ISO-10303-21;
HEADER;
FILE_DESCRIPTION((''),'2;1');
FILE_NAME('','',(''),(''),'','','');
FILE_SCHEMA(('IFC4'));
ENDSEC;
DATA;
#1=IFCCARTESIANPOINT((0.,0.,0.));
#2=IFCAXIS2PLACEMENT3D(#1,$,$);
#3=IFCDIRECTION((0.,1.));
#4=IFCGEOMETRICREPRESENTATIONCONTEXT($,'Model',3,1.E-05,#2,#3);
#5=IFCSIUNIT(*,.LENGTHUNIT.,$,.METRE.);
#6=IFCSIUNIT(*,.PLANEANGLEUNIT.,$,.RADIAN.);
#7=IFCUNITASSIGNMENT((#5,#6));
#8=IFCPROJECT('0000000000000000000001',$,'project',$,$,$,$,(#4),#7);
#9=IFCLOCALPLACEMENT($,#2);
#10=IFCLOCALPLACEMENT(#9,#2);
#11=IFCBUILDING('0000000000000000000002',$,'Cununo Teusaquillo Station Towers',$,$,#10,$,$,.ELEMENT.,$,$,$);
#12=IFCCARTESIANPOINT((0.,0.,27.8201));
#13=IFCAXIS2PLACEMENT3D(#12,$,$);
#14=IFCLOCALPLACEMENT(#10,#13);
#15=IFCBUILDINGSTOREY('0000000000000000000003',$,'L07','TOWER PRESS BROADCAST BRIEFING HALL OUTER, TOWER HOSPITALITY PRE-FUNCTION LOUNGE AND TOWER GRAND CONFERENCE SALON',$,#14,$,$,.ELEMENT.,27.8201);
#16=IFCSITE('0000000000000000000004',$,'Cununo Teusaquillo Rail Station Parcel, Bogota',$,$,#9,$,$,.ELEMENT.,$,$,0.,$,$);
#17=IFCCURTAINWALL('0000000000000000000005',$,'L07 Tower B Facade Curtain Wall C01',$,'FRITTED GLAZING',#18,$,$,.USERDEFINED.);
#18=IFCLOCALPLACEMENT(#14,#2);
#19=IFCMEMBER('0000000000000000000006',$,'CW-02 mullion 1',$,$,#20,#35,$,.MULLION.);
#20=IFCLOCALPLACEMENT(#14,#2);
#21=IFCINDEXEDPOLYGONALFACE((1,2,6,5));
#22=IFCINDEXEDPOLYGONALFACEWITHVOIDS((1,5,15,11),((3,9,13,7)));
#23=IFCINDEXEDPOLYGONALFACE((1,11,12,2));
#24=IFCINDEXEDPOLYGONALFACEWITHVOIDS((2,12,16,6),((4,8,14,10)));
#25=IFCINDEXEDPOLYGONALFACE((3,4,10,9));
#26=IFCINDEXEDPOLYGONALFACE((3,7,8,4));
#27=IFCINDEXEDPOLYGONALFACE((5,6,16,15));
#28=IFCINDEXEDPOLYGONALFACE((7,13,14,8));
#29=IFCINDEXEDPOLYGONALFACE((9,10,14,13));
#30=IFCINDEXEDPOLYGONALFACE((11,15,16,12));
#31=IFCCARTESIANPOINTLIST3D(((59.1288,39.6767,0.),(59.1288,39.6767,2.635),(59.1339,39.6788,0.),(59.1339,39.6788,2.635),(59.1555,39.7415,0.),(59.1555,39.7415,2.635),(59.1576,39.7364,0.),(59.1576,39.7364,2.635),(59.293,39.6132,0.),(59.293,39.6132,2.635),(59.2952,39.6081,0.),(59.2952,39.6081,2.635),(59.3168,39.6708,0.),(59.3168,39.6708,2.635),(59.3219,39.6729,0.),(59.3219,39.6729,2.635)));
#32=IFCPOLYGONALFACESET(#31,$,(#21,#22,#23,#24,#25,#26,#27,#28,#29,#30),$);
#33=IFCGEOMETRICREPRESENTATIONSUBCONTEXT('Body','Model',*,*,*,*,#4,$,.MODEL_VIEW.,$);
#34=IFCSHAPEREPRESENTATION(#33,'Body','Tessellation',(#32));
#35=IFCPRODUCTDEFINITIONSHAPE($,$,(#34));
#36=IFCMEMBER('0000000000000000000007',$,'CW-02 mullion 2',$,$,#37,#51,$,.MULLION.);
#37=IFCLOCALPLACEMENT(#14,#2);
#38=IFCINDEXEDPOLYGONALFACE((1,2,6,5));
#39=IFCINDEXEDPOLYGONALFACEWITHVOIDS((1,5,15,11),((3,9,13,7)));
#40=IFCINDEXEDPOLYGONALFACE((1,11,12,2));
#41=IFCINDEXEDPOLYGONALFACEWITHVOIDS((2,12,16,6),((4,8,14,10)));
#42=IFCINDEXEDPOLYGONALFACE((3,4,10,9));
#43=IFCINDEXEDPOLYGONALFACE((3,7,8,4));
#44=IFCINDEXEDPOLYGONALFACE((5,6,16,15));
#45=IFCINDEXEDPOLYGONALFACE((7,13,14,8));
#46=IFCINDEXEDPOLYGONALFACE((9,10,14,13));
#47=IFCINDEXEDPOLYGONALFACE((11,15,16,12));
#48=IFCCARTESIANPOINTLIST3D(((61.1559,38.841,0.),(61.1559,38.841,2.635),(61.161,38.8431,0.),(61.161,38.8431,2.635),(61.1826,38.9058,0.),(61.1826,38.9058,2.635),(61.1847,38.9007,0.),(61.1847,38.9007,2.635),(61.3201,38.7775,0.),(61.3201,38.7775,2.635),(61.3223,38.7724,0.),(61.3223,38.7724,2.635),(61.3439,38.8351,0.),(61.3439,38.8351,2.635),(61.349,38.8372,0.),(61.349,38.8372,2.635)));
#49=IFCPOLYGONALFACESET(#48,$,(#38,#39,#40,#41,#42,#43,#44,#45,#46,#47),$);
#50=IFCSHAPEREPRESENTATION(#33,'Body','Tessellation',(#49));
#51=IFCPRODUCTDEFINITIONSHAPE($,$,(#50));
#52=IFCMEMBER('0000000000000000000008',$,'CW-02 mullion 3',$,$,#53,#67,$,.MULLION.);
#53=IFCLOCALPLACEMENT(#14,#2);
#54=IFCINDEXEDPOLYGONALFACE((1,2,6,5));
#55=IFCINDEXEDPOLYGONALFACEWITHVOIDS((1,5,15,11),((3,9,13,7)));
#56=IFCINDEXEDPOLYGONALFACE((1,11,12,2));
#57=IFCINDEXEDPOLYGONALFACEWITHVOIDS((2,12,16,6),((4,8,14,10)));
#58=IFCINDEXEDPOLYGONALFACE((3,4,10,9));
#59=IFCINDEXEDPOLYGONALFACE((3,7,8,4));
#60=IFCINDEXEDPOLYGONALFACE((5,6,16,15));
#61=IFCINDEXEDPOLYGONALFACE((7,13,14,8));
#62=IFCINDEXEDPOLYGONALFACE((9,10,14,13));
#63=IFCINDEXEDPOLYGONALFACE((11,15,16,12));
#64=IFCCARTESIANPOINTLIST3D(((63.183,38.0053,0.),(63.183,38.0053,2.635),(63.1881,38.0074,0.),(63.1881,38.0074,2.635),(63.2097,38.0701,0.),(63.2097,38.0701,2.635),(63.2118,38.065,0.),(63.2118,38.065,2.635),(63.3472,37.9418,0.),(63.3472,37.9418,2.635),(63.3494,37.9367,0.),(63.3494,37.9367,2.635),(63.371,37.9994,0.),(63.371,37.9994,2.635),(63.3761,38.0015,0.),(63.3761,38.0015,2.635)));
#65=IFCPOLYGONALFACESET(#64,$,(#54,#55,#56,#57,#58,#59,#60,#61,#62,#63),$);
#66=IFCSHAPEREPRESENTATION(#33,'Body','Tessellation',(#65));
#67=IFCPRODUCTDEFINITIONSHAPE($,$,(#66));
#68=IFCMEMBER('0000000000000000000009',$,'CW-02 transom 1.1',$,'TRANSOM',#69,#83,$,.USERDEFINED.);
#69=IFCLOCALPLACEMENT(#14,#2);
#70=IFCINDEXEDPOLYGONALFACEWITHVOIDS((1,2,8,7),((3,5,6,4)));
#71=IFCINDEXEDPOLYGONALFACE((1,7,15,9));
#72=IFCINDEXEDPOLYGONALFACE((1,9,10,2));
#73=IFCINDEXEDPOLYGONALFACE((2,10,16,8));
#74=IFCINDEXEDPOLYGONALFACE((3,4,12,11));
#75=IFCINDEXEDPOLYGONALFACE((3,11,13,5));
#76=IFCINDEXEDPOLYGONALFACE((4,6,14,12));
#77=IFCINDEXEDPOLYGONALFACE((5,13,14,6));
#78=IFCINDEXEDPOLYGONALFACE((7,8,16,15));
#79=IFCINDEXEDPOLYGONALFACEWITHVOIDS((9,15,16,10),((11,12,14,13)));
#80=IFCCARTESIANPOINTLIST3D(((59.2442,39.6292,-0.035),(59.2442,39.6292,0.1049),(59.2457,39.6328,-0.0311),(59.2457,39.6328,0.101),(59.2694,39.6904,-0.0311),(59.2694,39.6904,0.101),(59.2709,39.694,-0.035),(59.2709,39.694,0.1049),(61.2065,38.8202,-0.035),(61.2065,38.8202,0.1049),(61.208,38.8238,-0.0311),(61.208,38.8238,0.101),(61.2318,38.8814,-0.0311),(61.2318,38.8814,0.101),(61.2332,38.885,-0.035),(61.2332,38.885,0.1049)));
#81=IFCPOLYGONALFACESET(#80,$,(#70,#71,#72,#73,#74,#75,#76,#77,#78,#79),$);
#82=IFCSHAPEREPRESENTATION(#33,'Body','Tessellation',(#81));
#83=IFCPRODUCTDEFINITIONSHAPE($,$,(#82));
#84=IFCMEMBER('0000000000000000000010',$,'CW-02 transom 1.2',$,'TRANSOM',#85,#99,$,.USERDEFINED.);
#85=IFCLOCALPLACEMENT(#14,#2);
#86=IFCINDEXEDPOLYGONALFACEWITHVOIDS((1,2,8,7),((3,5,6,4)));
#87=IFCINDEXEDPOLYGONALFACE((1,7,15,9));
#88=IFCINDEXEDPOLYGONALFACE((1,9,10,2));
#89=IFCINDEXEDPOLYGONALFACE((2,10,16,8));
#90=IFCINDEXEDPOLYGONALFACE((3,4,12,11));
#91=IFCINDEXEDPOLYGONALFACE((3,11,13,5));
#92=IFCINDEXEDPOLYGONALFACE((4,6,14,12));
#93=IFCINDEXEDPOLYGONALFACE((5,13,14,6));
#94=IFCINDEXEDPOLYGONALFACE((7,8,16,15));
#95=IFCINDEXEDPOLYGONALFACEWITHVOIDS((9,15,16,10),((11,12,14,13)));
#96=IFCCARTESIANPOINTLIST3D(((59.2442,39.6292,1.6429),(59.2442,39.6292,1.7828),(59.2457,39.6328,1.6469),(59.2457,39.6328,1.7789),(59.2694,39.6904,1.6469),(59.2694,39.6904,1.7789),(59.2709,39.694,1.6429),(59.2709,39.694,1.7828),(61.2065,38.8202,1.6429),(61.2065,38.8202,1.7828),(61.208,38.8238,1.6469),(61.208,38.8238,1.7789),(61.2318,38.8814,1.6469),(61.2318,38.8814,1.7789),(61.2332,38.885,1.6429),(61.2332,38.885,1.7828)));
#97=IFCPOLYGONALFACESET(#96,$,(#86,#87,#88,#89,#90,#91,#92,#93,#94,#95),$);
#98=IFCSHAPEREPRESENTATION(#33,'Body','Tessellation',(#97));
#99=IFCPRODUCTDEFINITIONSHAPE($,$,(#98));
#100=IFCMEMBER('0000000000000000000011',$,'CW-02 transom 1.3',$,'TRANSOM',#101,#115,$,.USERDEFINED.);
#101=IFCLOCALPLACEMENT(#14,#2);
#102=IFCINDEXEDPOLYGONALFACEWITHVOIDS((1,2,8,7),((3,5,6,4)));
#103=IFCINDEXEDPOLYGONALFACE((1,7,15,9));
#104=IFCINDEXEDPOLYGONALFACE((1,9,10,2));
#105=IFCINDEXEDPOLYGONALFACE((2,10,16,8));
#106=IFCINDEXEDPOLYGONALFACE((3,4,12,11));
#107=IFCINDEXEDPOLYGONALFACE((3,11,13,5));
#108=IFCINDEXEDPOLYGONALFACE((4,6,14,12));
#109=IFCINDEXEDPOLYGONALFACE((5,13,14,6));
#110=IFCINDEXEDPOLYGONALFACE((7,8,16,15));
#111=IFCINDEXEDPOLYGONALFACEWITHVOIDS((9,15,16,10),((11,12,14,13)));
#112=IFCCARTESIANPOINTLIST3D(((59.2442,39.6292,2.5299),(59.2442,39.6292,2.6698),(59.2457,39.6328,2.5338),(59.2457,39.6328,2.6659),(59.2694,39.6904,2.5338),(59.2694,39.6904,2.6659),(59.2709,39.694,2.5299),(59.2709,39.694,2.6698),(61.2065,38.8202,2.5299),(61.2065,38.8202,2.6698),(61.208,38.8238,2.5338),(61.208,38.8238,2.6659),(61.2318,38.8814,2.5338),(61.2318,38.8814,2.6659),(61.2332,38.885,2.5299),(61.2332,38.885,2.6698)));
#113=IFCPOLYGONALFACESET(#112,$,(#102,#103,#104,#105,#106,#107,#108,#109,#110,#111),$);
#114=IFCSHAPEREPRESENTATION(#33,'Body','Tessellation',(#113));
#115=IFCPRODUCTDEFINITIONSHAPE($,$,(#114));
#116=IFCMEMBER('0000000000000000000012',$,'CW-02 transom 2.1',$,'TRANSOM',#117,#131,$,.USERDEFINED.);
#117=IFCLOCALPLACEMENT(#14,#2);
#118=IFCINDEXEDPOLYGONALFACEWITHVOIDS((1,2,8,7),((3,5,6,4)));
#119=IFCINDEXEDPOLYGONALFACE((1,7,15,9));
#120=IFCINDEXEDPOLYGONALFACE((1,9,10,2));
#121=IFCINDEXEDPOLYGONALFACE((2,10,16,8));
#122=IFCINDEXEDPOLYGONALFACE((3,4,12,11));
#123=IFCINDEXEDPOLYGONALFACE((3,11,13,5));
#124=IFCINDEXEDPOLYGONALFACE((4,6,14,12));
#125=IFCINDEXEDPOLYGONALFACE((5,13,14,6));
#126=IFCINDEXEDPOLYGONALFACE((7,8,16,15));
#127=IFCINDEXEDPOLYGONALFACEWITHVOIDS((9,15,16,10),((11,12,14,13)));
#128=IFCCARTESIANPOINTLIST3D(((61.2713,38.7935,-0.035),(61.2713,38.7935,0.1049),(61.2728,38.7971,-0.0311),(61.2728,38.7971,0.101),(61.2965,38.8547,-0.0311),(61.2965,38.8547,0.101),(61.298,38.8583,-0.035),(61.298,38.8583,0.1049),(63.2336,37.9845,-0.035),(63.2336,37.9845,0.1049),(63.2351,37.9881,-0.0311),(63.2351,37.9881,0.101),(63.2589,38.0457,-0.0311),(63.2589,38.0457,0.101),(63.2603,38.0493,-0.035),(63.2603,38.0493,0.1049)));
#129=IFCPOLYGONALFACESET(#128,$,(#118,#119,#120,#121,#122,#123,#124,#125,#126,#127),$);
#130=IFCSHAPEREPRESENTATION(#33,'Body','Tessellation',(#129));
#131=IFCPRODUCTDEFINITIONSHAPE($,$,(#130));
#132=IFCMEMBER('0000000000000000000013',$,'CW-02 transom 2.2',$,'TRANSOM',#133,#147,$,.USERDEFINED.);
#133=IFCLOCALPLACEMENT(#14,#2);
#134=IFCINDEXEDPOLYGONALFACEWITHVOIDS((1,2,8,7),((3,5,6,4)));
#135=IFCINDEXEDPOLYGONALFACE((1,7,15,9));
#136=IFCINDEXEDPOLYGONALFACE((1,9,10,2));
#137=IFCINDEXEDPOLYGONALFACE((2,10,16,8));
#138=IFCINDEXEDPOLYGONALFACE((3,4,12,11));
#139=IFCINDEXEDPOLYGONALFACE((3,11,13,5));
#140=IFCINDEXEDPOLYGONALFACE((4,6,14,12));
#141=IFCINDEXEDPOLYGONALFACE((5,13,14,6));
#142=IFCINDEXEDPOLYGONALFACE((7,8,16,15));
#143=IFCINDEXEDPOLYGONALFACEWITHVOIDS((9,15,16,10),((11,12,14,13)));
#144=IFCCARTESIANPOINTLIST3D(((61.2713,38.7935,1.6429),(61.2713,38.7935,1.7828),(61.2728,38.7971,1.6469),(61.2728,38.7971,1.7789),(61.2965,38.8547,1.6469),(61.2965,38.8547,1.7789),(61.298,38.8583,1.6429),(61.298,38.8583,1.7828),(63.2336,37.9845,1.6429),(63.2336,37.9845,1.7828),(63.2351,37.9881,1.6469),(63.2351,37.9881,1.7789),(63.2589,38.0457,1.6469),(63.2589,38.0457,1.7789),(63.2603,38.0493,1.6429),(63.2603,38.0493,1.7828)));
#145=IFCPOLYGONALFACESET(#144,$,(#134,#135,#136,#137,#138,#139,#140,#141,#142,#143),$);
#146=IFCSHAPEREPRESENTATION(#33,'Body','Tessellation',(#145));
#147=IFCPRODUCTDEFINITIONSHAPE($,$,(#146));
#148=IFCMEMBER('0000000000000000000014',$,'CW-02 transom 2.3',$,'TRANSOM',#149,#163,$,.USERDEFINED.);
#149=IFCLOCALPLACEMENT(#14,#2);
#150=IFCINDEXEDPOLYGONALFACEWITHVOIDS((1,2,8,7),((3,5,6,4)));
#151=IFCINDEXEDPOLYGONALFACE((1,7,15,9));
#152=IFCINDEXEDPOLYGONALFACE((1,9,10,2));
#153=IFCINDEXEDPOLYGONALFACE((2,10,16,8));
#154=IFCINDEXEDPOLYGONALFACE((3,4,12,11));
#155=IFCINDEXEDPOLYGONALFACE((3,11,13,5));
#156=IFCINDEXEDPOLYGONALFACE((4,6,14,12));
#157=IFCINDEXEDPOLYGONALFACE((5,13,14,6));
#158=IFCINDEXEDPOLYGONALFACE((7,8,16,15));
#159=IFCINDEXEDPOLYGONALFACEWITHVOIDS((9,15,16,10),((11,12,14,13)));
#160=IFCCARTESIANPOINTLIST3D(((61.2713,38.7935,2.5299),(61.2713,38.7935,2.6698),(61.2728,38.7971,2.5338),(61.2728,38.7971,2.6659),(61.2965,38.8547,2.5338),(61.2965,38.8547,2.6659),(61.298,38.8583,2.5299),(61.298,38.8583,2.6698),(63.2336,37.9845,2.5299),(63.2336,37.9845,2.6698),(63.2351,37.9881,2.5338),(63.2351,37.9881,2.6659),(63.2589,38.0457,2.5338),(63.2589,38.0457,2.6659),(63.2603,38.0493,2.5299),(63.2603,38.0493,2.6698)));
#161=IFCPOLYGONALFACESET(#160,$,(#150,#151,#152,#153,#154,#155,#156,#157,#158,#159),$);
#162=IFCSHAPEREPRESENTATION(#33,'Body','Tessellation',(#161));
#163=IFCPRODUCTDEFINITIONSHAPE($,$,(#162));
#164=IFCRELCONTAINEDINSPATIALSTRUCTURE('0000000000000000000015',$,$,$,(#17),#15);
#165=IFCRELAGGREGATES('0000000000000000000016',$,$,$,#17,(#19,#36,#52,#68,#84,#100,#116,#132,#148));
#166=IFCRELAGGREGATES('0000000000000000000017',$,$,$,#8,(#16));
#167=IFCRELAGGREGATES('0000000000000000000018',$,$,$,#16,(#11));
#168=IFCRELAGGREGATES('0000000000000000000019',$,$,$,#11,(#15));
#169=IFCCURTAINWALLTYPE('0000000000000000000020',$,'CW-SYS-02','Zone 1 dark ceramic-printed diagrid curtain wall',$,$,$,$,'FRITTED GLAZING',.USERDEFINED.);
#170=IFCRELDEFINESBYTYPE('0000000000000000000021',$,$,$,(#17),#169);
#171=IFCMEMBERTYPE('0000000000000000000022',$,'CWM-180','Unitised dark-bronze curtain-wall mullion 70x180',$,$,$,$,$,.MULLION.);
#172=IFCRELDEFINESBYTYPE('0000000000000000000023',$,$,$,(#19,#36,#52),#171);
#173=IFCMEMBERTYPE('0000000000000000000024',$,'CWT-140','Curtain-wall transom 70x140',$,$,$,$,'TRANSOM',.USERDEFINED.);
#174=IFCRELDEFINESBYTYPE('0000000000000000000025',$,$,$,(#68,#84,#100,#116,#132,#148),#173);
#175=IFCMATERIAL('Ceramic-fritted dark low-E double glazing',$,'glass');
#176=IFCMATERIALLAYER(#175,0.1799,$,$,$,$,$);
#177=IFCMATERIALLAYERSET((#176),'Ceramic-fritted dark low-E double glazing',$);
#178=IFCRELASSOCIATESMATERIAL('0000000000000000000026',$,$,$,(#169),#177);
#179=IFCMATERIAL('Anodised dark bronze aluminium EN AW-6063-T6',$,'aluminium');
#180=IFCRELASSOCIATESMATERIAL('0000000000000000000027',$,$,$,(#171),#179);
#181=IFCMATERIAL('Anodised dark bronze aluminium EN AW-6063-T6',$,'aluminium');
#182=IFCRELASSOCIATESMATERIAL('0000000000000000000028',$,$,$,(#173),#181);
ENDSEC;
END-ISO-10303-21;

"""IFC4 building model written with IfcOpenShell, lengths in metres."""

from ifc_helpers import new_model, si_unit, direction, frame, origin, origin_2d, place, context, subcontext, project, spatial, hollow_rectangle, extrude, material, layer, layer_set, material_profile, profile_set, type_object, element, aggregate, save


model = new_model("IFC4")

# Units and contexts
model_context = context("Model", 3, precision=1e-05, world=origin(), true_north=direction((0.0, 1.0)))
body_context = subcontext(model_context, "Body", "Model", "MODEL_VIEW")
ifc_project = project(units=[si_unit("LENGTHUNIT", "METRE"), si_unit("PLANEANGLEUNIT", "RADIAN")], contexts=[model_context])

# Site, building, storey
site_placement = place(None, origin())
site = spatial("IfcSite", under=ifc_project, at=site_placement, Name="Cununo Teusaquillo Rail Station Parcel, Bogota", CompositionType="ELEMENT", RefElevation=0.0)
building_placement = place(site_placement, origin())
building = spatial("IfcBuilding", under=site, at=building_placement, Name="Cununo Teusaquillo Station Towers", CompositionType="ELEMENT")
storey_placement = place(building_placement, frame((0.0, 0.0, 27.8201)))
storey = spatial("IfcBuildingStorey", under=building, at=storey_placement, Name="L07", Description="TOWER PRESS BROADCAST BRIEFING HALL OUTER, TOWER HOSPITALITY PRE-FUNCTION LOUNGE AND TOWER GRAND CONFERENCE SALON", CompositionType="ELEMENT", Elevation=27.8201)

# Curtain wall, members
ifc_material_1 = material(Name="Ceramic-fritted dark low-E double glazing", Category="glass")
ifc_layer_1 = layer(ifc_material_1, 0.1799)
ifc_layer_set_1 = layer_set([ifc_layer_1], Name="Ceramic-fritted dark low-E double glazing")
curtain_wall_type = type_object("IfcCurtainWallType", Name="CW-SYS-02", Description="Zone 1 dark ceramic-printed diagrid curtain wall", ElementType="FRITTED GLAZING", PredefinedType="USERDEFINED", material=ifc_layer_set_1)
curtain_wall_placement = place(storey_placement, origin())
curtain_wall = element("IfcCurtainWall", 1, at=curtain_wall_placement, inside=storey, type_object=curtain_wall_type, Name="L07 Tower B Facade Curtain Wall C01", ObjectType="FRITTED GLAZING", PredefinedType="USERDEFINED")
ifc_material_2 = material(Name="Anodised dark bronze aluminium EN AW-6063-T6", Category="aluminium")
ifc_material_profile_1 = material_profile(ifc_material_2, hollow_rectangle(XDim=0.0701, YDim=0.1799, WallThickness=0.0039, at=origin_2d()), Name="CW-MULL-70x180")
ifc_profile_set_1 = profile_set([ifc_material_profile_1], Name="Anodised dark bronze aluminium EN AW-6063-T6")
member_type_1 = type_object("IfcMemberType", Name="CWM-180", Description="Unitised dark-bronze curtain-wall mullion 70x180", PredefinedType="MULLION", material=ifc_profile_set_1)
member_1_placement = place(storey_placement, frame((59.2253, 39.6748, 0.0), z_axis=(0.0, 0.0, 1.0), x_axis=(0.381122, 0.924525, 0.0)))
member_1 = element("IfcMember", 2, at=member_1_placement, type_object=member_type_1, Name="CW-02 mullion 1", PredefinedType="MULLION", context=body_context, shape_type="SweptSolid", body=[
    extrude(hollow_rectangle(XDim=0.0701, YDim=0.1799, WallThickness=0.0039, at=origin_2d()), origin(), (0.0, 0.0, 1.0), 2.635),
])
member_2_placement = place(storey_placement, frame((61.2524, 38.8391, 0.0), z_axis=(0.0, 0.0, 1.0), x_axis=(0.381122, 0.924525, 0.0)))
member_2 = element("IfcMember", 3, at=member_2_placement, type_object=member_type_1, Name="CW-02 mullion 2", PredefinedType="MULLION", context=body_context, shape_type="SweptSolid", body=[
    extrude(hollow_rectangle(XDim=0.0701, YDim=0.1799, WallThickness=0.0039, at=origin_2d()), origin(), (0.0, 0.0, 1.0), 2.635),
])
member_3_placement = place(storey_placement, frame((63.2795, 38.0034, 0.0), z_axis=(0.0, 0.0, 1.0), x_axis=(0.381122, 0.924525, 0.0)))
member_3 = element("IfcMember", 4, at=member_3_placement, type_object=member_type_1, Name="CW-02 mullion 3", PredefinedType="MULLION", context=body_context, shape_type="SweptSolid", body=[
    extrude(hollow_rectangle(XDim=0.0701, YDim=0.1799, WallThickness=0.0039, at=origin_2d()), origin(), (0.0, 0.0, 1.0), 2.635),
])
ifc_material_3 = material(Name="Anodised dark bronze aluminium EN AW-6063-T6", Category="aluminium")
ifc_material_profile_2 = material_profile(ifc_material_3, hollow_rectangle(XDim=0.0701, YDim=0.1399, WallThickness=0.0039, at=origin_2d()), Name="CW-TRAN-70x140")
ifc_profile_set_2 = profile_set([ifc_material_profile_2], Name="Anodised dark bronze aluminium EN AW-6063-T6")
member_type_2 = type_object("IfcMemberType", Name="CWT-140", Description="Curtain-wall transom 70x140", ElementType="TRANSOM", PredefinedType="USERDEFINED", material=ifc_profile_set_2)
member_4_placement = place(storey_placement, frame((59.2576, 39.6616, 0.0349), z_axis=(0.924507, -0.381166, 0.0), x_axis=(0.381166, 0.924507, 0.0)))
member_4 = element("IfcMember", 5, at=member_4_placement, type_object=member_type_2, Name="CW-02 transom 1.1", ObjectType="TRANSOM", PredefinedType="USERDEFINED", context=body_context, shape_type="SweptSolid", body=[
    extrude(hollow_rectangle(XDim=0.0701, YDim=0.1399, WallThickness=0.0039, at=origin_2d()), origin(), (0.0, 0.0, 1.0), 2.1226),
])
member_5_placement = place(storey_placement, frame((59.2576, 39.6616, 1.7129), z_axis=(0.924507, -0.381166, 0.0), x_axis=(0.381166, 0.924507, 0.0)))
member_5 = element("IfcMember", 6, at=member_5_placement, type_object=member_type_2, Name="CW-02 transom 1.2", ObjectType="TRANSOM", PredefinedType="USERDEFINED", context=body_context, shape_type="SweptSolid", body=[
    extrude(hollow_rectangle(XDim=0.0701, YDim=0.1399, WallThickness=0.0039, at=origin_2d()), origin(), (0.0, 0.0, 1.0), 2.1226),
])
member_6_placement = place(storey_placement, frame((59.2576, 39.6616, 2.5999), z_axis=(0.924507, -0.381166, 0.0), x_axis=(0.381166, 0.924507, 0.0)))
member_6 = element("IfcMember", 7, at=member_6_placement, type_object=member_type_2, Name="CW-02 transom 1.3", ObjectType="TRANSOM", PredefinedType="USERDEFINED", context=body_context, shape_type="SweptSolid", body=[
    extrude(hollow_rectangle(XDim=0.0701, YDim=0.1399, WallThickness=0.0039, at=origin_2d()), origin(), (0.0, 0.0, 1.0), 2.1226),
])
member_7_placement = place(storey_placement, frame((61.2847, 38.8259, 0.0349), z_axis=(0.924507, -0.381166, 0.0), x_axis=(0.381166, 0.924507, 0.0)))
member_7 = element("IfcMember", 8, at=member_7_placement, type_object=member_type_2, Name="CW-02 transom 2.1", ObjectType="TRANSOM", PredefinedType="USERDEFINED", context=body_context, shape_type="SweptSolid", body=[
    extrude(hollow_rectangle(XDim=0.0701, YDim=0.1399, WallThickness=0.0039, at=origin_2d()), origin(), (0.0, 0.0, 1.0), 2.1226),
])
member_8_placement = place(storey_placement, frame((61.2847, 38.8259, 1.7129), z_axis=(0.924507, -0.381166, 0.0), x_axis=(0.381166, 0.924507, 0.0)))
member_8 = element("IfcMember", 9, at=member_8_placement, type_object=member_type_2, Name="CW-02 transom 2.2", ObjectType="TRANSOM", PredefinedType="USERDEFINED", context=body_context, shape_type="SweptSolid", body=[
    extrude(hollow_rectangle(XDim=0.0701, YDim=0.1399, WallThickness=0.0039, at=origin_2d()), origin(), (0.0, 0.0, 1.0), 2.1226),
])
member_9_placement = place(storey_placement, frame((61.2847, 38.8259, 2.5999), z_axis=(0.924507, -0.381166, 0.0), x_axis=(0.381166, 0.924507, 0.0)))
member_9 = element("IfcMember", 10, at=member_9_placement, type_object=member_type_2, Name="CW-02 transom 2.3", ObjectType="TRANSOM", PredefinedType="USERDEFINED", context=body_context, shape_type="SweptSolid", body=[
    extrude(hollow_rectangle(XDim=0.0701, YDim=0.1399, WallThickness=0.0039, at=origin_2d()), origin(), (0.0, 0.0, 1.0), 2.1226),
])

aggregate(curtain_wall, [member_1, member_2, member_3, member_4, member_5, member_6, member_7, member_8, member_9])

save(model, "model.ifc")
